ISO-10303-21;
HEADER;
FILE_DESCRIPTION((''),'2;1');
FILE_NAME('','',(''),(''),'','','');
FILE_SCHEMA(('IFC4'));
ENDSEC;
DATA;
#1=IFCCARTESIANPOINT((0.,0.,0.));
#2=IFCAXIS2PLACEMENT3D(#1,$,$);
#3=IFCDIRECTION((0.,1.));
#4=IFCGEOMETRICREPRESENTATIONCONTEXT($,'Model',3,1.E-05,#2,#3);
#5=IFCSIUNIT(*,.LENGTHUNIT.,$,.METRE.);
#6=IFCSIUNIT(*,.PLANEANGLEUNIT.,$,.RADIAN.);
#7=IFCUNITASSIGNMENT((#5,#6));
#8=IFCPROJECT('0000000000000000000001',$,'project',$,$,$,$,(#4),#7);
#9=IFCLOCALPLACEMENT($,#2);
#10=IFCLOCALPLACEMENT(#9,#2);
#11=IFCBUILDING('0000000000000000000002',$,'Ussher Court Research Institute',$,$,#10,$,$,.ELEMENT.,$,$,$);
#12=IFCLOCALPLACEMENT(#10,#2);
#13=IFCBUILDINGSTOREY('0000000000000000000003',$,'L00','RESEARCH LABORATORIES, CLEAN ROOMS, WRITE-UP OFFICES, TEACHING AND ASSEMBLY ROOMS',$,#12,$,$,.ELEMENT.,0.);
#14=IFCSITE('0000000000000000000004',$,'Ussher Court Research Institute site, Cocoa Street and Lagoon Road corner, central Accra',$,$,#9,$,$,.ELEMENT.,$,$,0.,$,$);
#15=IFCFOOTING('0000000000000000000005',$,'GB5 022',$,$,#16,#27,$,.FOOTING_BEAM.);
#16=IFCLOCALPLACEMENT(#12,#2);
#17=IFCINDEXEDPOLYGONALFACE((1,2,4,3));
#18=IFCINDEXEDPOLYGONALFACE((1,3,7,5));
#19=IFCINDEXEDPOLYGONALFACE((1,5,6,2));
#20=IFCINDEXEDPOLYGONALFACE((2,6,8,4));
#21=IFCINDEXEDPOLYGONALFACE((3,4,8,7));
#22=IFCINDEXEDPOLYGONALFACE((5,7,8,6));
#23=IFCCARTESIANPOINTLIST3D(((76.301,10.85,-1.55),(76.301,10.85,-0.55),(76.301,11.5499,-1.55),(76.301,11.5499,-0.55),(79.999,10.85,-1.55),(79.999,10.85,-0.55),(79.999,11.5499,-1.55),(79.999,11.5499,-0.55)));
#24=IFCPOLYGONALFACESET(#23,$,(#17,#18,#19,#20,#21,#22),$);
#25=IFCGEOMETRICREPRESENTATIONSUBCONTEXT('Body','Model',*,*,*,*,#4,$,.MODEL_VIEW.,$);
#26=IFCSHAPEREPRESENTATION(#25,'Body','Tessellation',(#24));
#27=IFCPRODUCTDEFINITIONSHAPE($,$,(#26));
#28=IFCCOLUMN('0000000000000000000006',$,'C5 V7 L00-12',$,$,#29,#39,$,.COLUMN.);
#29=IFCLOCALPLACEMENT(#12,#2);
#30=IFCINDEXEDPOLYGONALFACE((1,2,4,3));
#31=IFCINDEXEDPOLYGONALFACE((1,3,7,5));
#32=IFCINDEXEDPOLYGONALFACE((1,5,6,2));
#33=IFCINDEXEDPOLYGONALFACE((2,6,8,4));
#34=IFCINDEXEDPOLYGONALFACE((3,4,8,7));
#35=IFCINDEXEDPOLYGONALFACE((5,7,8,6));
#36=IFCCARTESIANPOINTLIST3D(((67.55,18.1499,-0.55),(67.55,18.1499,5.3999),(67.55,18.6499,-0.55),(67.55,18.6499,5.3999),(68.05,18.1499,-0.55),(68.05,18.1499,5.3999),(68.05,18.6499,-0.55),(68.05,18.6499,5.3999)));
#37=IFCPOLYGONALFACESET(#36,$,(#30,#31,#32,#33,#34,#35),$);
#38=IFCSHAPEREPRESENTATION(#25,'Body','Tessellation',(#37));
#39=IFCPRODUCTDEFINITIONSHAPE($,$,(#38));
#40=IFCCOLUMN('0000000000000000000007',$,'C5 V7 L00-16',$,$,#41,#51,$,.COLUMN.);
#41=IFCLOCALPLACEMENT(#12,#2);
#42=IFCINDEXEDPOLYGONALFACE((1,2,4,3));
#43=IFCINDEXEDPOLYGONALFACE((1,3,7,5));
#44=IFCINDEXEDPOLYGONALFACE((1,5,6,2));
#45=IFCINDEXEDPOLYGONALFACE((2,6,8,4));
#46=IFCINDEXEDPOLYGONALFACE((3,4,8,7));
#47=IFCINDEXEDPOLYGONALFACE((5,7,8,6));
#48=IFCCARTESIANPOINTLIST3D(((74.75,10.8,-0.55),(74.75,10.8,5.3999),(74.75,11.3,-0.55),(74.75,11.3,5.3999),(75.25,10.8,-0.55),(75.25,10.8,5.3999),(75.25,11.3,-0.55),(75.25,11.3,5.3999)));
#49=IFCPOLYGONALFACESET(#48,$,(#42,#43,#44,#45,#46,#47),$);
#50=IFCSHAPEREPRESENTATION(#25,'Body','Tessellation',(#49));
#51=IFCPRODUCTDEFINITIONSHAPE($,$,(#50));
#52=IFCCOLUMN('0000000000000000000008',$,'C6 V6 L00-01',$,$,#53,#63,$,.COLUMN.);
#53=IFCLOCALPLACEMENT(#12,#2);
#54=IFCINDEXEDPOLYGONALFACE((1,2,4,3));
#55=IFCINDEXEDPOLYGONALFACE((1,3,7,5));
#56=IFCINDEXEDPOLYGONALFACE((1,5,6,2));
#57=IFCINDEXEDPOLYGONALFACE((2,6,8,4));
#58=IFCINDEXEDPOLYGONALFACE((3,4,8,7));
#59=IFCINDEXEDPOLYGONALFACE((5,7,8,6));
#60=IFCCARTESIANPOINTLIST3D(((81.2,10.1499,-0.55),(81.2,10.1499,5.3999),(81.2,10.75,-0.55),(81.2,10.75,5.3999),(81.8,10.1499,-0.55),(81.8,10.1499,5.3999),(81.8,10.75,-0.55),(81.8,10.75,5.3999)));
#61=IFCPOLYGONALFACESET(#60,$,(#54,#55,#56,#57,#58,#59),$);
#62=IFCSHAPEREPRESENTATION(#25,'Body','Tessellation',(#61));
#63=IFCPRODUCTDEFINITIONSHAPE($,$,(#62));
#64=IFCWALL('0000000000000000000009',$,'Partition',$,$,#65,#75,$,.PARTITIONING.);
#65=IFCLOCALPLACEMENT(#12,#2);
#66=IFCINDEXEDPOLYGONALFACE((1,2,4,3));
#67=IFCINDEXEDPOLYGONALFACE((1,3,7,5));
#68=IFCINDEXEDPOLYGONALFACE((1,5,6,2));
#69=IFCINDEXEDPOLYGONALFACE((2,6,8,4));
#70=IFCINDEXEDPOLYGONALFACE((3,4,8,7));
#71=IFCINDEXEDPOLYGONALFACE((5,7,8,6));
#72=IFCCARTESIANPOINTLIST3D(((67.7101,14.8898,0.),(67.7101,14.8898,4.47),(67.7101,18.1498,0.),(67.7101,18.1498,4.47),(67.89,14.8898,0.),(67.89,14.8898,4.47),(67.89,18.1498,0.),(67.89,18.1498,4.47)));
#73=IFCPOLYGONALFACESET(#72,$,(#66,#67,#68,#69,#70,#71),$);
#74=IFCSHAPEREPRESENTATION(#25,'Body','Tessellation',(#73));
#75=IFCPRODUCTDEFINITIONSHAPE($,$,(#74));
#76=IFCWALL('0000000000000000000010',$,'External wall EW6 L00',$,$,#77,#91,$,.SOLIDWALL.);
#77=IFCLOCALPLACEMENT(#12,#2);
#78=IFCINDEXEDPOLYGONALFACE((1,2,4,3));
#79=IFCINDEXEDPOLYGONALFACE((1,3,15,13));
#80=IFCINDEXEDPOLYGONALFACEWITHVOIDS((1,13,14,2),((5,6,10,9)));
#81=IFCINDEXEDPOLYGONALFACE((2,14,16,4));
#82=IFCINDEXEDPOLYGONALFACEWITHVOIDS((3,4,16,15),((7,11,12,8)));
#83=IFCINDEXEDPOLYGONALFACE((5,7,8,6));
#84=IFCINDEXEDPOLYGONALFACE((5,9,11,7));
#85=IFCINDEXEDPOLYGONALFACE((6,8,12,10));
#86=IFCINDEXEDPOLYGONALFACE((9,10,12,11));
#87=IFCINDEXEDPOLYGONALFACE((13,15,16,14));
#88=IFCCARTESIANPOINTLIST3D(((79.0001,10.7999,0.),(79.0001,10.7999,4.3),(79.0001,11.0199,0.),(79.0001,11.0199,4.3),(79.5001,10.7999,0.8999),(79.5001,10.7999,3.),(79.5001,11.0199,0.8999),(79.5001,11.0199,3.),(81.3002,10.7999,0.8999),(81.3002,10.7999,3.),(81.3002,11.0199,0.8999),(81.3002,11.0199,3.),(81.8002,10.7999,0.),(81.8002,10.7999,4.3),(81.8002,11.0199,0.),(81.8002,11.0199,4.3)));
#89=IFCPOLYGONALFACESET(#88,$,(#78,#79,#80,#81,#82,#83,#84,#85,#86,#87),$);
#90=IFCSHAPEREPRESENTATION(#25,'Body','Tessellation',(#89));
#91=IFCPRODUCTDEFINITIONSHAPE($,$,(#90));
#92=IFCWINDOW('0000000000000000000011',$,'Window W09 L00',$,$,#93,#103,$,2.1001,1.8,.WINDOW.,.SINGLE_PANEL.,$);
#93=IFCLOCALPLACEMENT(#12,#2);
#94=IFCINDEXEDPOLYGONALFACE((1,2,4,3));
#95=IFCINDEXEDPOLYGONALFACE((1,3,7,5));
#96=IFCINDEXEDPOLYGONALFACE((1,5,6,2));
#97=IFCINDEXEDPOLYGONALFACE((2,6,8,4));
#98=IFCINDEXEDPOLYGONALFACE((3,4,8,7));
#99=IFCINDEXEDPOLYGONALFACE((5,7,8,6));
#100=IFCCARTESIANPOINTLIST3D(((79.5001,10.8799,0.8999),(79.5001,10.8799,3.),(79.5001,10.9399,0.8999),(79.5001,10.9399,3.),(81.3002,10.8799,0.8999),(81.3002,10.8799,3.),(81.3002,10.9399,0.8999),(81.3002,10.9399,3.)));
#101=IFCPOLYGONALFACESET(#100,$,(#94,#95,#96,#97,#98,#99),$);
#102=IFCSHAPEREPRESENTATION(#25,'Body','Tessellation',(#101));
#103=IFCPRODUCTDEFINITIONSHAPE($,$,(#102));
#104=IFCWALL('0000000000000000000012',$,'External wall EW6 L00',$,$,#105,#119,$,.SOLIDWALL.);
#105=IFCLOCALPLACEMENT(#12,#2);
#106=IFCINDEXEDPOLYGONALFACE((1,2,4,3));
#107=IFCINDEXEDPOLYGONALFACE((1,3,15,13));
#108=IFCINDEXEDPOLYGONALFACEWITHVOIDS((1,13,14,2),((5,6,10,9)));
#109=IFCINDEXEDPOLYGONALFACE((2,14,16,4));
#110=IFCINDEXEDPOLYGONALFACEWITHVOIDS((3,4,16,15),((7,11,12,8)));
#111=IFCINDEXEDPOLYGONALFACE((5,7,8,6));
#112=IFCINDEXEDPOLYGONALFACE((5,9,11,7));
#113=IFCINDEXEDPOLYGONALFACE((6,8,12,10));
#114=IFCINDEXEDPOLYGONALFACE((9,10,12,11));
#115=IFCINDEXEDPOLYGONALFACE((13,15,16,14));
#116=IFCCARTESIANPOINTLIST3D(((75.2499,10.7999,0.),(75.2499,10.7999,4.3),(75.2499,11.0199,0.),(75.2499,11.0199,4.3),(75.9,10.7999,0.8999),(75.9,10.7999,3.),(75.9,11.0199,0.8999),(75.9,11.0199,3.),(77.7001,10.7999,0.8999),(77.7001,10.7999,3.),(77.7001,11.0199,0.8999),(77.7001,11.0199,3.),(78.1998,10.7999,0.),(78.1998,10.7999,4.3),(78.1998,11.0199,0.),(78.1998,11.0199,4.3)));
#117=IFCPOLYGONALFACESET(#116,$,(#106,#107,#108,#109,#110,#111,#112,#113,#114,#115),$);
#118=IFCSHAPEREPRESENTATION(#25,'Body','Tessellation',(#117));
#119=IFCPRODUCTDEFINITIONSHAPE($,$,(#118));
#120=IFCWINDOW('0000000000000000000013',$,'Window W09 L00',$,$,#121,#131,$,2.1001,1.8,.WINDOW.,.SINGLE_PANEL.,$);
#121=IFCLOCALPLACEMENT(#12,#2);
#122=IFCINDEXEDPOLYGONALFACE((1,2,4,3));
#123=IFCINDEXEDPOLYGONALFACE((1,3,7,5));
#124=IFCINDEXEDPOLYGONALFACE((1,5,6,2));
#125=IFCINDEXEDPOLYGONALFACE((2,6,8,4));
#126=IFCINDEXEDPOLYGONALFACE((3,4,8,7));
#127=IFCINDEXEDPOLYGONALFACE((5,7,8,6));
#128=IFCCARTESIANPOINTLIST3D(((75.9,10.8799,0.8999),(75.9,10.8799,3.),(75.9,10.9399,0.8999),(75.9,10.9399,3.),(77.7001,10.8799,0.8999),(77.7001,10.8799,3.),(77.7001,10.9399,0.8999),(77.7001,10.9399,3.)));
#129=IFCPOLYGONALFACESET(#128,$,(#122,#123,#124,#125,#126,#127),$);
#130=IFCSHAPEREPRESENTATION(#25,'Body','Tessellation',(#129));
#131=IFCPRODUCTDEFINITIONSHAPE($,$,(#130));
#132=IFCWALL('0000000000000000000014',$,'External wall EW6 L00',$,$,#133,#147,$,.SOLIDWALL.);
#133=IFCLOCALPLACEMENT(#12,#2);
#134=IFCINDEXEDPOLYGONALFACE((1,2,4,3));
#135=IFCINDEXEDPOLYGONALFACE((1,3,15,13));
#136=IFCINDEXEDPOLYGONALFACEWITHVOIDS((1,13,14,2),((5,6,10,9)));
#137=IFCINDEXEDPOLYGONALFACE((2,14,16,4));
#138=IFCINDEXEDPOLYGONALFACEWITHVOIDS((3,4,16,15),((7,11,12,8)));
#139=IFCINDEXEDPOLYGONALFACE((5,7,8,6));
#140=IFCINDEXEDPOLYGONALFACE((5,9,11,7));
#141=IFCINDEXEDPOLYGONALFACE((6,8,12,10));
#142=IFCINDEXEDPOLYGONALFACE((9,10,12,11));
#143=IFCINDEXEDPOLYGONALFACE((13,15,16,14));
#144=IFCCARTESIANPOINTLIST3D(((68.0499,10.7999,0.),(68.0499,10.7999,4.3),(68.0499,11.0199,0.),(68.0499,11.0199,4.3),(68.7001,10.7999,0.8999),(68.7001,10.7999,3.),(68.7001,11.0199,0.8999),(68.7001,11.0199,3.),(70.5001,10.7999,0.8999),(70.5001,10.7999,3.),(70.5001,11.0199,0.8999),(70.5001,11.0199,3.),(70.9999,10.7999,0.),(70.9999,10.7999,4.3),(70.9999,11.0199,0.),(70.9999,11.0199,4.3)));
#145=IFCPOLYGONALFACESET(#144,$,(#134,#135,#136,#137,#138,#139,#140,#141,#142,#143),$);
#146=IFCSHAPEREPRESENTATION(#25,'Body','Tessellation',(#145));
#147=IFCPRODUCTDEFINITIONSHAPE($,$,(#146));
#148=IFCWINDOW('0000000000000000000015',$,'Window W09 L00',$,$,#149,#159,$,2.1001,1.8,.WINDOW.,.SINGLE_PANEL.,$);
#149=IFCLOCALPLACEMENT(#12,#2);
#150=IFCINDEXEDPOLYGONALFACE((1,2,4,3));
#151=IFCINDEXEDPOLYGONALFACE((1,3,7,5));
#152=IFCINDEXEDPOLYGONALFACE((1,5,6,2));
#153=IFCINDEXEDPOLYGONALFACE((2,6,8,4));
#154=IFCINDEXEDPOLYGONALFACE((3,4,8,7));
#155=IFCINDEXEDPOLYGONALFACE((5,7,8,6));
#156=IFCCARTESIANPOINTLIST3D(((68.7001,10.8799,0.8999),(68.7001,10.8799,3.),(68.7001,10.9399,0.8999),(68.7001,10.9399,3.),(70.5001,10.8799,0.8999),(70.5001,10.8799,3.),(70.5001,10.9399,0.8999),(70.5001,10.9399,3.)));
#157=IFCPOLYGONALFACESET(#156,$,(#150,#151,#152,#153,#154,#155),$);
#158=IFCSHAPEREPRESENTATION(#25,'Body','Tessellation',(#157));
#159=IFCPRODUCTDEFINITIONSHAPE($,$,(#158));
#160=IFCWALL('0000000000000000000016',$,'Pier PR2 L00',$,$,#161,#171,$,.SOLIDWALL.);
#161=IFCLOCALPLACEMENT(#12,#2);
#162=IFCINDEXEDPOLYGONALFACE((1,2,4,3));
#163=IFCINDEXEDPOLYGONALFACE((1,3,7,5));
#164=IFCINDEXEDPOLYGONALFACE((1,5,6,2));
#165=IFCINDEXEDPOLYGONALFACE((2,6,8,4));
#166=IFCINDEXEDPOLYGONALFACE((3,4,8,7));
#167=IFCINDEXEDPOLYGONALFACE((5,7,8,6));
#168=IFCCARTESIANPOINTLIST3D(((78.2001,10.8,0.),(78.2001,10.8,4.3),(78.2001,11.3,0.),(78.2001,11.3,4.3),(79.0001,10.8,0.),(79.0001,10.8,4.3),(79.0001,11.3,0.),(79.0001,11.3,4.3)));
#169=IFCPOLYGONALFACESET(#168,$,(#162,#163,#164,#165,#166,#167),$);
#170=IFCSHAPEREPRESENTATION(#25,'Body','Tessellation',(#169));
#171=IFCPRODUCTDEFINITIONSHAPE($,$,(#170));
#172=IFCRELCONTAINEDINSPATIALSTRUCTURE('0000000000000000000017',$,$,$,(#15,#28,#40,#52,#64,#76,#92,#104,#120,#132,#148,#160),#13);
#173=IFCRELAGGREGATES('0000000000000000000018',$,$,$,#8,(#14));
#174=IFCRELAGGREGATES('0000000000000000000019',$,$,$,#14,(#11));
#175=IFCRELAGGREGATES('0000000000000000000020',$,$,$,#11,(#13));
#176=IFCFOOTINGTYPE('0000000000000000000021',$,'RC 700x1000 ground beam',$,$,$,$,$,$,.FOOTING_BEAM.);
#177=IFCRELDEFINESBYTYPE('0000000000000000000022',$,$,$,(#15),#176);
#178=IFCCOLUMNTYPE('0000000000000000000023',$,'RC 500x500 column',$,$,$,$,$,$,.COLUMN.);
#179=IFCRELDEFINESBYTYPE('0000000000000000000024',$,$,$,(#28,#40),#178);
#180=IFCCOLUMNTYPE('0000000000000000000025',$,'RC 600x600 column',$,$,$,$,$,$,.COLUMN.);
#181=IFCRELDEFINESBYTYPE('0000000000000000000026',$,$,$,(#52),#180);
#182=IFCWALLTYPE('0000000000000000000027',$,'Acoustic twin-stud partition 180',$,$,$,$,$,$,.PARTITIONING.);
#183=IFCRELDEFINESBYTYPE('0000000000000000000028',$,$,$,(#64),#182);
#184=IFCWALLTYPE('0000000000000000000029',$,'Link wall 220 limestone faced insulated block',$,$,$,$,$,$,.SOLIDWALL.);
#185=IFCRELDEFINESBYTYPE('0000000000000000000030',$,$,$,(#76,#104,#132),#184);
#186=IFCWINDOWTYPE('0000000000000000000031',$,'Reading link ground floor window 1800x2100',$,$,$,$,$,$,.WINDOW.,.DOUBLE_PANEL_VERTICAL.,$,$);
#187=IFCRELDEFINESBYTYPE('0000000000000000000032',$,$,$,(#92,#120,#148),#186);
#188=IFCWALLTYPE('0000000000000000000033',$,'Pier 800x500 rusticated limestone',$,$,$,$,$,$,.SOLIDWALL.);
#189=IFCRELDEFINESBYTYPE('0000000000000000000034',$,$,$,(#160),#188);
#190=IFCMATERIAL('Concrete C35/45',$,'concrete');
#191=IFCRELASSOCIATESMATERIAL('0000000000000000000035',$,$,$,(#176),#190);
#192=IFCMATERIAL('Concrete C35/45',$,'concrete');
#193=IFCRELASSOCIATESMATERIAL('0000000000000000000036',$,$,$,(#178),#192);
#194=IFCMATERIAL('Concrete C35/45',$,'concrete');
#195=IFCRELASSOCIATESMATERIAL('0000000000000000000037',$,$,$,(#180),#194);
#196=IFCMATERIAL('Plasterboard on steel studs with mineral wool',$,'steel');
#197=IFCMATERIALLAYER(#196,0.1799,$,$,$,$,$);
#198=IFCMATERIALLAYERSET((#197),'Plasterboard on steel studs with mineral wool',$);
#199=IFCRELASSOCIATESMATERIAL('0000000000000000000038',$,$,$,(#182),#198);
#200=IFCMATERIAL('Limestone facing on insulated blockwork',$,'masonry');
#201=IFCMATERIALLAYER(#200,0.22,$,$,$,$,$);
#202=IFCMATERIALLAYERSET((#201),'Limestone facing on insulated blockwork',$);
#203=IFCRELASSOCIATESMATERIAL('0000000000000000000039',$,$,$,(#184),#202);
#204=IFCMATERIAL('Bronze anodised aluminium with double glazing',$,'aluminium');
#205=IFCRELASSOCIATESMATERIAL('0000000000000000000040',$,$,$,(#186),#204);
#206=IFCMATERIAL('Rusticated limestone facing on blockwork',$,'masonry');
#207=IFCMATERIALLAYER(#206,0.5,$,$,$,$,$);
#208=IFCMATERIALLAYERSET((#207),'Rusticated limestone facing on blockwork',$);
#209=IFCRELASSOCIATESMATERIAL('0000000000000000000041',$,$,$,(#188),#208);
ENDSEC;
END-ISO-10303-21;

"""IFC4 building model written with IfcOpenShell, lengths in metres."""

from ifc_helpers import new_model, si_unit, direction, frame, frame_2d, origin, origin_2d, place, context, subcontext, project, spatial, rectangle, extrude, material, layer, layer_set, material_profile, profile_set, type_object, element, fill, save


model = new_model("IFC4")

# Units and contexts
model_context = context("Model", 3, precision=1e-05, world=origin(), true_north=direction((0.0, 1.0)))
body_context = subcontext(model_context, "Body", "Model", "MODEL_VIEW")
ifc_project = project(units=[si_unit("LENGTHUNIT", "METRE"), si_unit("PLANEANGLEUNIT", "RADIAN")], contexts=[model_context])

# Site, building, storey
site_placement = place(None, origin())
site = spatial("IfcSite", under=ifc_project, at=site_placement, Name="Ussher Court Research Institute site, Cocoa Street and Lagoon Road corner, central Accra", CompositionType="ELEMENT", RefElevation=0.0)
building_placement = place(site_placement, origin())
building = spatial("IfcBuilding", under=site, at=building_placement, Name="Ussher Court Research Institute", CompositionType="ELEMENT")
storey_placement = place(building_placement, origin())
storey = spatial("IfcBuildingStorey", under=building, at=storey_placement, Name="L00", Description="RESEARCH LABORATORIES, CLEAN ROOMS, WRITE-UP OFFICES, TEACHING AND ASSEMBLY ROOMS", CompositionType="ELEMENT", Elevation=0.0)

# Footing
ifc_material_1 = material(Name="Concrete C35/45", Category="concrete")
ifc_material_profile_1 = material_profile(ifc_material_1, rectangle(XDim=0.7, YDim=1.0, at=origin_2d()), Name="RC 700x1000")
ifc_profile_set_1 = profile_set([ifc_material_profile_1], Name="Concrete C35/45")
footing_type_1 = type_object("IfcFootingType", Name="RC 700x1000 ground beam", PredefinedType="FOOTING_BEAM", material=ifc_profile_set_1)
footing_1_placement = place(storey_placement, frame((76.301, 11.2, -1.05), z_axis=(1.0, 0.0, 0.0), x_axis=(0.0, 1.0, 0.0)))
element("IfcFooting", 1, at=footing_1_placement, inside=storey, type_object=footing_type_1, Name="GB5 022", PredefinedType="FOOTING_BEAM", context=body_context, shape_type="SweptSolid", body=[
    extrude(rectangle(XDim=0.7, YDim=1.0, at=origin_2d()), origin(), (0.0, 0.0, 1.0), 3.698),
])

# Columns
ifc_material_2 = material(Name="Concrete C35/45", Category="concrete")
ifc_material_profile_2 = material_profile(ifc_material_2, rectangle(XDim=0.5, YDim=0.5, at=origin_2d()), Name="RC 500x500")
ifc_profile_set_2 = profile_set([ifc_material_profile_2], Name="Concrete C35/45")
column_type_1 = type_object("IfcColumnType", Name="RC 500x500 column", PredefinedType="COLUMN", material=ifc_profile_set_2)
for number, where, z_axis, x_axis, name in (
    (2, (67.8, 18.3999, -0.55), (0.0, 0.0, 1.0), (1.0, 0.0, 0.0), "C5 V7 L00-12"),
    (3, (75.0, 11.05, -0.55), (0.0, 0.0, 1.0), (1.0, 0.0, 0.0), "C5 V7 L00-16"),
):
    element("IfcColumn", number, at=place(storey_placement, frame(where, z_axis=z_axis, x_axis=x_axis)), inside=storey, type_object=column_type_1, Name=name, PredefinedType="COLUMN", context=body_context, shape_type="SweptSolid", body=[
        extrude(rectangle(XDim=0.5, YDim=0.5, at=origin_2d()), origin(), (0.0, 0.0, 1.0), 5.95),
    ])
ifc_material_3 = material(Name="Concrete C35/45", Category="concrete")
ifc_material_profile_3 = material_profile(ifc_material_3, rectangle(XDim=0.6001, YDim=0.6001, at=origin_2d()), Name="RC 600x600")
ifc_profile_set_3 = profile_set([ifc_material_profile_3], Name="Concrete C35/45")
column_type_2 = type_object("IfcColumnType", Name="RC 600x600 column", PredefinedType="COLUMN", material=ifc_profile_set_3)
column_placement = place(storey_placement, frame((81.5, 10.45, -0.55), z_axis=(0.0, 0.0, 1.0), x_axis=(1.0, 0.0, 0.0)))
element("IfcColumn", 4, at=column_placement, inside=storey, type_object=column_type_2, Name="C6 V6 L00-01", PredefinedType="COLUMN", context=body_context, shape_type="SweptSolid", body=[
    extrude(rectangle(XDim=0.6001, YDim=0.6001, at=origin_2d()), origin(), (0.0, 0.0, 1.0), 5.95),
])

# Wall
ifc_material_4 = material(Name="Plasterboard on steel studs with mineral wool", Category="steel")
ifc_layer_1 = layer(ifc_material_4, 0.1799)
ifc_layer_set_1 = layer_set([ifc_layer_1], Name="Plasterboard on steel studs with mineral wool")
wall_type_1 = type_object("IfcWallType", Name="Acoustic twin-stud partition 180", PredefinedType="PARTITIONING", material=ifc_layer_set_1)
wall_1_placement = place(storey_placement, frame((67.8, 14.8899, 0.0), z_axis=(0.0, 0.0, 1.0), x_axis=(0.0, 1.0, 0.0)))
element("IfcWall", 5, at=wall_1_placement, inside=storey, type_object=wall_type_1, Name="Partition", PredefinedType="PARTITIONING", context=body_context, shape_type="SweptSolid", body=[
    extrude(rectangle(XDim=3.26, YDim=0.1799, at=frame_2d((1.6299, 0.0))), origin(), (0.0, 0.0, 1.0), 4.47),
])

# Walls, openings, windows
ifc_material_5 = material(Name="Limestone facing on insulated blockwork", Category="masonry")
ifc_layer_2 = layer(ifc_material_5, 0.22)
ifc_layer_set_2 = layer_set([ifc_layer_2], Name="Limestone facing on insulated blockwork")
wall_type_2 = type_object("IfcWallType", Name="Link wall 220 limestone faced insulated block", PredefinedType="SOLIDWALL", material=ifc_layer_set_2)
wall_2_placement = place(storey_placement, frame((81.8, 10.9099, 0.0), z_axis=(0.0, 0.0, 1.0), x_axis=(-1.0, 0.0, 0.0)))
wall_2 = element("IfcWall", 6, at=wall_2_placement, inside=storey, type_object=wall_type_2, Name="External wall EW6 L00", PredefinedType="SOLIDWALL", context=body_context, shape_type="SweptSolid", body=[
    extrude(rectangle(XDim=2.8, YDim=0.22, at=frame_2d((1.3999, 0.0))), origin(), (0.0, 0.0, 1.0), 4.3),
])
opening_1_placement = place(wall_2_placement, frame((0.5, 0.0, 0.8999)))
opening_1 = element("IfcOpeningElement", 7, at=opening_1_placement, cuts=wall_2, PredefinedType="OPENING", context=body_context, shape_type="SweptSolid", body=[
    extrude(rectangle(XDim=1.8, YDim=2.1001, at=frame_2d((0.8999, 1.05))), frame((0.0, 0.1201, 0.0), z_axis=(0.0, -1.0, 0.0), x_axis=(1.0, 0.0, 0.0)), (0.0, 0.0, 1.0), 0.24),
])
ifc_material_6 = material(Name="Bronze anodised aluminium with double glazing", Category="aluminium")
window_type_1 = type_object("IfcWindowType", Name="Reading link ground floor window 1800x2100", PartitioningType="DOUBLE_PANEL_VERTICAL", PredefinedType="WINDOW", material=ifc_material_6)
window_1_placement = place(opening_1_placement, origin())
window_1 = element("IfcWindow", 8, at=window_1_placement, inside=storey, type_object=window_type_1, Name="Window W09 L00", OverallHeight=2.1001, OverallWidth=1.8, PartitioningType="SINGLE_PANEL", PredefinedType="WINDOW", context=body_context, shape_type="SweptSolid", body=[
    extrude(rectangle(XDim=1.8, YDim=2.1001, at=frame_2d((0.8999, 1.05))), frame((0.0, 0.03, 0.0), z_axis=(0.0, -1.0, 0.0), x_axis=(1.0, 0.0, 0.0)), (0.0, 0.0, 1.0), 0.0601),
])
fill(opening_1, window_1)
wall_3_placement = place(storey_placement, frame((78.2, 10.9099, 0.0), z_axis=(0.0, 0.0, 1.0), x_axis=(-1.0, 0.0, 0.0)))
wall_3 = element("IfcWall", 9, at=wall_3_placement, inside=storey, type_object=wall_type_2, Name="External wall EW6 L00", PredefinedType="SOLIDWALL", context=body_context, shape_type="SweptSolid", body=[
    extrude(rectangle(XDim=2.95, YDim=0.22, at=frame_2d((1.4751, 0.0))), origin(), (0.0, 0.0, 1.0), 4.3),
])
opening_2_placement = place(wall_3_placement, frame((0.5, 0.0, 0.8999)))
opening_2 = element("IfcOpeningElement", 10, at=opening_2_placement, cuts=wall_3, PredefinedType="OPENING", context=body_context, shape_type="SweptSolid", body=[
    extrude(rectangle(XDim=1.8, YDim=2.1001, at=frame_2d((0.8999, 1.05))), frame((0.0, 0.1201, 0.0), z_axis=(0.0, -1.0, 0.0), x_axis=(1.0, 0.0, 0.0)), (0.0, 0.0, 1.0), 0.24),
])
window_2_placement = place(opening_2_placement, origin())
window_2 = element("IfcWindow", 11, at=window_2_placement, inside=storey, type_object=window_type_1, Name="Window W09 L00", OverallHeight=2.1001, OverallWidth=1.8, PartitioningType="SINGLE_PANEL", PredefinedType="WINDOW", context=body_context, shape_type="SweptSolid", body=[
    extrude(rectangle(XDim=1.8, YDim=2.1001, at=frame_2d((0.8999, 1.05))), frame((0.0, 0.03, 0.0), z_axis=(0.0, -1.0, 0.0), x_axis=(1.0, 0.0, 0.0)), (0.0, 0.0, 1.0), 0.0601),
])
fill(opening_2, window_2)

# Wall, opening, window
wall_4_placement = place(storey_placement, frame((71.0, 10.9099, 0.0), z_axis=(0.0, 0.0, 1.0), x_axis=(-1.0, 0.0, 0.0)))
wall_4 = element("IfcWall", 12, at=wall_4_placement, inside=storey, type_object=wall_type_2, Name="External wall EW6 L00", PredefinedType="SOLIDWALL", context=body_context, shape_type="SweptSolid", body=[
    extrude(rectangle(XDim=2.95, YDim=0.22, at=frame_2d((1.4751, 0.0))), origin(), (0.0, 0.0, 1.0), 4.3),
])
opening_3_placement = place(wall_4_placement, frame((0.5, 0.0, 0.8999)))
opening_3 = element("IfcOpeningElement", 13, at=opening_3_placement, cuts=wall_4, PredefinedType="OPENING", context=body_context, shape_type="SweptSolid", body=[
    extrude(rectangle(XDim=1.8, YDim=2.1001, at=frame_2d((0.8999, 1.05))), frame((0.0, 0.1201, 0.0), z_axis=(0.0, -1.0, 0.0), x_axis=(1.0, 0.0, 0.0)), (0.0, 0.0, 1.0), 0.24),
])
window_3_placement = place(opening_3_placement, origin())
window_3 = element("IfcWindow", 14, at=window_3_placement, inside=storey, type_object=window_type_1, Name="Window W09 L00", OverallHeight=2.1001, OverallWidth=1.8, PartitioningType="SINGLE_PANEL", PredefinedType="WINDOW", context=body_context, shape_type="SweptSolid", body=[
    extrude(rectangle(XDim=1.8, YDim=2.1001, at=frame_2d((0.8999, 1.05))), frame((0.0, 0.03, 0.0), z_axis=(0.0, -1.0, 0.0), x_axis=(1.0, 0.0, 0.0)), (0.0, 0.0, 1.0), 0.0601),
])
fill(opening_3, window_3)

# Wall
ifc_material_7 = material(Name="Rusticated limestone facing on blockwork", Category="masonry")
ifc_layer_3 = layer(ifc_material_7, 0.5)
ifc_layer_set_3 = layer_set([ifc_layer_3], Name="Rusticated limestone facing on blockwork")
wall_type_3 = type_object("IfcWallType", Name="Pier 800x500 rusticated limestone", PredefinedType="SOLIDWALL", material=ifc_layer_set_3)
for number, where, z_axis, x_axis, name in (
    (15, (79.0, 11.05, 0.0), (0.0, 0.0, 1.0), (-1.0, 0.0, 0.0), "Pier PR2 L00"),
):
    element("IfcWall", number, at=place(storey_placement, frame(where, z_axis=z_axis, x_axis=x_axis)), inside=storey, type_object=wall_type_3, Name=name, PredefinedType="SOLIDWALL", context=body_context, shape_type="SweptSolid", body=[
        extrude(rectangle(XDim=0.8, YDim=0.5, at=frame_2d((0.3999, 0.0))), origin(), (0.0, 0.0, 1.0), 4.3),
    ])

save(model, "model.ifc")
